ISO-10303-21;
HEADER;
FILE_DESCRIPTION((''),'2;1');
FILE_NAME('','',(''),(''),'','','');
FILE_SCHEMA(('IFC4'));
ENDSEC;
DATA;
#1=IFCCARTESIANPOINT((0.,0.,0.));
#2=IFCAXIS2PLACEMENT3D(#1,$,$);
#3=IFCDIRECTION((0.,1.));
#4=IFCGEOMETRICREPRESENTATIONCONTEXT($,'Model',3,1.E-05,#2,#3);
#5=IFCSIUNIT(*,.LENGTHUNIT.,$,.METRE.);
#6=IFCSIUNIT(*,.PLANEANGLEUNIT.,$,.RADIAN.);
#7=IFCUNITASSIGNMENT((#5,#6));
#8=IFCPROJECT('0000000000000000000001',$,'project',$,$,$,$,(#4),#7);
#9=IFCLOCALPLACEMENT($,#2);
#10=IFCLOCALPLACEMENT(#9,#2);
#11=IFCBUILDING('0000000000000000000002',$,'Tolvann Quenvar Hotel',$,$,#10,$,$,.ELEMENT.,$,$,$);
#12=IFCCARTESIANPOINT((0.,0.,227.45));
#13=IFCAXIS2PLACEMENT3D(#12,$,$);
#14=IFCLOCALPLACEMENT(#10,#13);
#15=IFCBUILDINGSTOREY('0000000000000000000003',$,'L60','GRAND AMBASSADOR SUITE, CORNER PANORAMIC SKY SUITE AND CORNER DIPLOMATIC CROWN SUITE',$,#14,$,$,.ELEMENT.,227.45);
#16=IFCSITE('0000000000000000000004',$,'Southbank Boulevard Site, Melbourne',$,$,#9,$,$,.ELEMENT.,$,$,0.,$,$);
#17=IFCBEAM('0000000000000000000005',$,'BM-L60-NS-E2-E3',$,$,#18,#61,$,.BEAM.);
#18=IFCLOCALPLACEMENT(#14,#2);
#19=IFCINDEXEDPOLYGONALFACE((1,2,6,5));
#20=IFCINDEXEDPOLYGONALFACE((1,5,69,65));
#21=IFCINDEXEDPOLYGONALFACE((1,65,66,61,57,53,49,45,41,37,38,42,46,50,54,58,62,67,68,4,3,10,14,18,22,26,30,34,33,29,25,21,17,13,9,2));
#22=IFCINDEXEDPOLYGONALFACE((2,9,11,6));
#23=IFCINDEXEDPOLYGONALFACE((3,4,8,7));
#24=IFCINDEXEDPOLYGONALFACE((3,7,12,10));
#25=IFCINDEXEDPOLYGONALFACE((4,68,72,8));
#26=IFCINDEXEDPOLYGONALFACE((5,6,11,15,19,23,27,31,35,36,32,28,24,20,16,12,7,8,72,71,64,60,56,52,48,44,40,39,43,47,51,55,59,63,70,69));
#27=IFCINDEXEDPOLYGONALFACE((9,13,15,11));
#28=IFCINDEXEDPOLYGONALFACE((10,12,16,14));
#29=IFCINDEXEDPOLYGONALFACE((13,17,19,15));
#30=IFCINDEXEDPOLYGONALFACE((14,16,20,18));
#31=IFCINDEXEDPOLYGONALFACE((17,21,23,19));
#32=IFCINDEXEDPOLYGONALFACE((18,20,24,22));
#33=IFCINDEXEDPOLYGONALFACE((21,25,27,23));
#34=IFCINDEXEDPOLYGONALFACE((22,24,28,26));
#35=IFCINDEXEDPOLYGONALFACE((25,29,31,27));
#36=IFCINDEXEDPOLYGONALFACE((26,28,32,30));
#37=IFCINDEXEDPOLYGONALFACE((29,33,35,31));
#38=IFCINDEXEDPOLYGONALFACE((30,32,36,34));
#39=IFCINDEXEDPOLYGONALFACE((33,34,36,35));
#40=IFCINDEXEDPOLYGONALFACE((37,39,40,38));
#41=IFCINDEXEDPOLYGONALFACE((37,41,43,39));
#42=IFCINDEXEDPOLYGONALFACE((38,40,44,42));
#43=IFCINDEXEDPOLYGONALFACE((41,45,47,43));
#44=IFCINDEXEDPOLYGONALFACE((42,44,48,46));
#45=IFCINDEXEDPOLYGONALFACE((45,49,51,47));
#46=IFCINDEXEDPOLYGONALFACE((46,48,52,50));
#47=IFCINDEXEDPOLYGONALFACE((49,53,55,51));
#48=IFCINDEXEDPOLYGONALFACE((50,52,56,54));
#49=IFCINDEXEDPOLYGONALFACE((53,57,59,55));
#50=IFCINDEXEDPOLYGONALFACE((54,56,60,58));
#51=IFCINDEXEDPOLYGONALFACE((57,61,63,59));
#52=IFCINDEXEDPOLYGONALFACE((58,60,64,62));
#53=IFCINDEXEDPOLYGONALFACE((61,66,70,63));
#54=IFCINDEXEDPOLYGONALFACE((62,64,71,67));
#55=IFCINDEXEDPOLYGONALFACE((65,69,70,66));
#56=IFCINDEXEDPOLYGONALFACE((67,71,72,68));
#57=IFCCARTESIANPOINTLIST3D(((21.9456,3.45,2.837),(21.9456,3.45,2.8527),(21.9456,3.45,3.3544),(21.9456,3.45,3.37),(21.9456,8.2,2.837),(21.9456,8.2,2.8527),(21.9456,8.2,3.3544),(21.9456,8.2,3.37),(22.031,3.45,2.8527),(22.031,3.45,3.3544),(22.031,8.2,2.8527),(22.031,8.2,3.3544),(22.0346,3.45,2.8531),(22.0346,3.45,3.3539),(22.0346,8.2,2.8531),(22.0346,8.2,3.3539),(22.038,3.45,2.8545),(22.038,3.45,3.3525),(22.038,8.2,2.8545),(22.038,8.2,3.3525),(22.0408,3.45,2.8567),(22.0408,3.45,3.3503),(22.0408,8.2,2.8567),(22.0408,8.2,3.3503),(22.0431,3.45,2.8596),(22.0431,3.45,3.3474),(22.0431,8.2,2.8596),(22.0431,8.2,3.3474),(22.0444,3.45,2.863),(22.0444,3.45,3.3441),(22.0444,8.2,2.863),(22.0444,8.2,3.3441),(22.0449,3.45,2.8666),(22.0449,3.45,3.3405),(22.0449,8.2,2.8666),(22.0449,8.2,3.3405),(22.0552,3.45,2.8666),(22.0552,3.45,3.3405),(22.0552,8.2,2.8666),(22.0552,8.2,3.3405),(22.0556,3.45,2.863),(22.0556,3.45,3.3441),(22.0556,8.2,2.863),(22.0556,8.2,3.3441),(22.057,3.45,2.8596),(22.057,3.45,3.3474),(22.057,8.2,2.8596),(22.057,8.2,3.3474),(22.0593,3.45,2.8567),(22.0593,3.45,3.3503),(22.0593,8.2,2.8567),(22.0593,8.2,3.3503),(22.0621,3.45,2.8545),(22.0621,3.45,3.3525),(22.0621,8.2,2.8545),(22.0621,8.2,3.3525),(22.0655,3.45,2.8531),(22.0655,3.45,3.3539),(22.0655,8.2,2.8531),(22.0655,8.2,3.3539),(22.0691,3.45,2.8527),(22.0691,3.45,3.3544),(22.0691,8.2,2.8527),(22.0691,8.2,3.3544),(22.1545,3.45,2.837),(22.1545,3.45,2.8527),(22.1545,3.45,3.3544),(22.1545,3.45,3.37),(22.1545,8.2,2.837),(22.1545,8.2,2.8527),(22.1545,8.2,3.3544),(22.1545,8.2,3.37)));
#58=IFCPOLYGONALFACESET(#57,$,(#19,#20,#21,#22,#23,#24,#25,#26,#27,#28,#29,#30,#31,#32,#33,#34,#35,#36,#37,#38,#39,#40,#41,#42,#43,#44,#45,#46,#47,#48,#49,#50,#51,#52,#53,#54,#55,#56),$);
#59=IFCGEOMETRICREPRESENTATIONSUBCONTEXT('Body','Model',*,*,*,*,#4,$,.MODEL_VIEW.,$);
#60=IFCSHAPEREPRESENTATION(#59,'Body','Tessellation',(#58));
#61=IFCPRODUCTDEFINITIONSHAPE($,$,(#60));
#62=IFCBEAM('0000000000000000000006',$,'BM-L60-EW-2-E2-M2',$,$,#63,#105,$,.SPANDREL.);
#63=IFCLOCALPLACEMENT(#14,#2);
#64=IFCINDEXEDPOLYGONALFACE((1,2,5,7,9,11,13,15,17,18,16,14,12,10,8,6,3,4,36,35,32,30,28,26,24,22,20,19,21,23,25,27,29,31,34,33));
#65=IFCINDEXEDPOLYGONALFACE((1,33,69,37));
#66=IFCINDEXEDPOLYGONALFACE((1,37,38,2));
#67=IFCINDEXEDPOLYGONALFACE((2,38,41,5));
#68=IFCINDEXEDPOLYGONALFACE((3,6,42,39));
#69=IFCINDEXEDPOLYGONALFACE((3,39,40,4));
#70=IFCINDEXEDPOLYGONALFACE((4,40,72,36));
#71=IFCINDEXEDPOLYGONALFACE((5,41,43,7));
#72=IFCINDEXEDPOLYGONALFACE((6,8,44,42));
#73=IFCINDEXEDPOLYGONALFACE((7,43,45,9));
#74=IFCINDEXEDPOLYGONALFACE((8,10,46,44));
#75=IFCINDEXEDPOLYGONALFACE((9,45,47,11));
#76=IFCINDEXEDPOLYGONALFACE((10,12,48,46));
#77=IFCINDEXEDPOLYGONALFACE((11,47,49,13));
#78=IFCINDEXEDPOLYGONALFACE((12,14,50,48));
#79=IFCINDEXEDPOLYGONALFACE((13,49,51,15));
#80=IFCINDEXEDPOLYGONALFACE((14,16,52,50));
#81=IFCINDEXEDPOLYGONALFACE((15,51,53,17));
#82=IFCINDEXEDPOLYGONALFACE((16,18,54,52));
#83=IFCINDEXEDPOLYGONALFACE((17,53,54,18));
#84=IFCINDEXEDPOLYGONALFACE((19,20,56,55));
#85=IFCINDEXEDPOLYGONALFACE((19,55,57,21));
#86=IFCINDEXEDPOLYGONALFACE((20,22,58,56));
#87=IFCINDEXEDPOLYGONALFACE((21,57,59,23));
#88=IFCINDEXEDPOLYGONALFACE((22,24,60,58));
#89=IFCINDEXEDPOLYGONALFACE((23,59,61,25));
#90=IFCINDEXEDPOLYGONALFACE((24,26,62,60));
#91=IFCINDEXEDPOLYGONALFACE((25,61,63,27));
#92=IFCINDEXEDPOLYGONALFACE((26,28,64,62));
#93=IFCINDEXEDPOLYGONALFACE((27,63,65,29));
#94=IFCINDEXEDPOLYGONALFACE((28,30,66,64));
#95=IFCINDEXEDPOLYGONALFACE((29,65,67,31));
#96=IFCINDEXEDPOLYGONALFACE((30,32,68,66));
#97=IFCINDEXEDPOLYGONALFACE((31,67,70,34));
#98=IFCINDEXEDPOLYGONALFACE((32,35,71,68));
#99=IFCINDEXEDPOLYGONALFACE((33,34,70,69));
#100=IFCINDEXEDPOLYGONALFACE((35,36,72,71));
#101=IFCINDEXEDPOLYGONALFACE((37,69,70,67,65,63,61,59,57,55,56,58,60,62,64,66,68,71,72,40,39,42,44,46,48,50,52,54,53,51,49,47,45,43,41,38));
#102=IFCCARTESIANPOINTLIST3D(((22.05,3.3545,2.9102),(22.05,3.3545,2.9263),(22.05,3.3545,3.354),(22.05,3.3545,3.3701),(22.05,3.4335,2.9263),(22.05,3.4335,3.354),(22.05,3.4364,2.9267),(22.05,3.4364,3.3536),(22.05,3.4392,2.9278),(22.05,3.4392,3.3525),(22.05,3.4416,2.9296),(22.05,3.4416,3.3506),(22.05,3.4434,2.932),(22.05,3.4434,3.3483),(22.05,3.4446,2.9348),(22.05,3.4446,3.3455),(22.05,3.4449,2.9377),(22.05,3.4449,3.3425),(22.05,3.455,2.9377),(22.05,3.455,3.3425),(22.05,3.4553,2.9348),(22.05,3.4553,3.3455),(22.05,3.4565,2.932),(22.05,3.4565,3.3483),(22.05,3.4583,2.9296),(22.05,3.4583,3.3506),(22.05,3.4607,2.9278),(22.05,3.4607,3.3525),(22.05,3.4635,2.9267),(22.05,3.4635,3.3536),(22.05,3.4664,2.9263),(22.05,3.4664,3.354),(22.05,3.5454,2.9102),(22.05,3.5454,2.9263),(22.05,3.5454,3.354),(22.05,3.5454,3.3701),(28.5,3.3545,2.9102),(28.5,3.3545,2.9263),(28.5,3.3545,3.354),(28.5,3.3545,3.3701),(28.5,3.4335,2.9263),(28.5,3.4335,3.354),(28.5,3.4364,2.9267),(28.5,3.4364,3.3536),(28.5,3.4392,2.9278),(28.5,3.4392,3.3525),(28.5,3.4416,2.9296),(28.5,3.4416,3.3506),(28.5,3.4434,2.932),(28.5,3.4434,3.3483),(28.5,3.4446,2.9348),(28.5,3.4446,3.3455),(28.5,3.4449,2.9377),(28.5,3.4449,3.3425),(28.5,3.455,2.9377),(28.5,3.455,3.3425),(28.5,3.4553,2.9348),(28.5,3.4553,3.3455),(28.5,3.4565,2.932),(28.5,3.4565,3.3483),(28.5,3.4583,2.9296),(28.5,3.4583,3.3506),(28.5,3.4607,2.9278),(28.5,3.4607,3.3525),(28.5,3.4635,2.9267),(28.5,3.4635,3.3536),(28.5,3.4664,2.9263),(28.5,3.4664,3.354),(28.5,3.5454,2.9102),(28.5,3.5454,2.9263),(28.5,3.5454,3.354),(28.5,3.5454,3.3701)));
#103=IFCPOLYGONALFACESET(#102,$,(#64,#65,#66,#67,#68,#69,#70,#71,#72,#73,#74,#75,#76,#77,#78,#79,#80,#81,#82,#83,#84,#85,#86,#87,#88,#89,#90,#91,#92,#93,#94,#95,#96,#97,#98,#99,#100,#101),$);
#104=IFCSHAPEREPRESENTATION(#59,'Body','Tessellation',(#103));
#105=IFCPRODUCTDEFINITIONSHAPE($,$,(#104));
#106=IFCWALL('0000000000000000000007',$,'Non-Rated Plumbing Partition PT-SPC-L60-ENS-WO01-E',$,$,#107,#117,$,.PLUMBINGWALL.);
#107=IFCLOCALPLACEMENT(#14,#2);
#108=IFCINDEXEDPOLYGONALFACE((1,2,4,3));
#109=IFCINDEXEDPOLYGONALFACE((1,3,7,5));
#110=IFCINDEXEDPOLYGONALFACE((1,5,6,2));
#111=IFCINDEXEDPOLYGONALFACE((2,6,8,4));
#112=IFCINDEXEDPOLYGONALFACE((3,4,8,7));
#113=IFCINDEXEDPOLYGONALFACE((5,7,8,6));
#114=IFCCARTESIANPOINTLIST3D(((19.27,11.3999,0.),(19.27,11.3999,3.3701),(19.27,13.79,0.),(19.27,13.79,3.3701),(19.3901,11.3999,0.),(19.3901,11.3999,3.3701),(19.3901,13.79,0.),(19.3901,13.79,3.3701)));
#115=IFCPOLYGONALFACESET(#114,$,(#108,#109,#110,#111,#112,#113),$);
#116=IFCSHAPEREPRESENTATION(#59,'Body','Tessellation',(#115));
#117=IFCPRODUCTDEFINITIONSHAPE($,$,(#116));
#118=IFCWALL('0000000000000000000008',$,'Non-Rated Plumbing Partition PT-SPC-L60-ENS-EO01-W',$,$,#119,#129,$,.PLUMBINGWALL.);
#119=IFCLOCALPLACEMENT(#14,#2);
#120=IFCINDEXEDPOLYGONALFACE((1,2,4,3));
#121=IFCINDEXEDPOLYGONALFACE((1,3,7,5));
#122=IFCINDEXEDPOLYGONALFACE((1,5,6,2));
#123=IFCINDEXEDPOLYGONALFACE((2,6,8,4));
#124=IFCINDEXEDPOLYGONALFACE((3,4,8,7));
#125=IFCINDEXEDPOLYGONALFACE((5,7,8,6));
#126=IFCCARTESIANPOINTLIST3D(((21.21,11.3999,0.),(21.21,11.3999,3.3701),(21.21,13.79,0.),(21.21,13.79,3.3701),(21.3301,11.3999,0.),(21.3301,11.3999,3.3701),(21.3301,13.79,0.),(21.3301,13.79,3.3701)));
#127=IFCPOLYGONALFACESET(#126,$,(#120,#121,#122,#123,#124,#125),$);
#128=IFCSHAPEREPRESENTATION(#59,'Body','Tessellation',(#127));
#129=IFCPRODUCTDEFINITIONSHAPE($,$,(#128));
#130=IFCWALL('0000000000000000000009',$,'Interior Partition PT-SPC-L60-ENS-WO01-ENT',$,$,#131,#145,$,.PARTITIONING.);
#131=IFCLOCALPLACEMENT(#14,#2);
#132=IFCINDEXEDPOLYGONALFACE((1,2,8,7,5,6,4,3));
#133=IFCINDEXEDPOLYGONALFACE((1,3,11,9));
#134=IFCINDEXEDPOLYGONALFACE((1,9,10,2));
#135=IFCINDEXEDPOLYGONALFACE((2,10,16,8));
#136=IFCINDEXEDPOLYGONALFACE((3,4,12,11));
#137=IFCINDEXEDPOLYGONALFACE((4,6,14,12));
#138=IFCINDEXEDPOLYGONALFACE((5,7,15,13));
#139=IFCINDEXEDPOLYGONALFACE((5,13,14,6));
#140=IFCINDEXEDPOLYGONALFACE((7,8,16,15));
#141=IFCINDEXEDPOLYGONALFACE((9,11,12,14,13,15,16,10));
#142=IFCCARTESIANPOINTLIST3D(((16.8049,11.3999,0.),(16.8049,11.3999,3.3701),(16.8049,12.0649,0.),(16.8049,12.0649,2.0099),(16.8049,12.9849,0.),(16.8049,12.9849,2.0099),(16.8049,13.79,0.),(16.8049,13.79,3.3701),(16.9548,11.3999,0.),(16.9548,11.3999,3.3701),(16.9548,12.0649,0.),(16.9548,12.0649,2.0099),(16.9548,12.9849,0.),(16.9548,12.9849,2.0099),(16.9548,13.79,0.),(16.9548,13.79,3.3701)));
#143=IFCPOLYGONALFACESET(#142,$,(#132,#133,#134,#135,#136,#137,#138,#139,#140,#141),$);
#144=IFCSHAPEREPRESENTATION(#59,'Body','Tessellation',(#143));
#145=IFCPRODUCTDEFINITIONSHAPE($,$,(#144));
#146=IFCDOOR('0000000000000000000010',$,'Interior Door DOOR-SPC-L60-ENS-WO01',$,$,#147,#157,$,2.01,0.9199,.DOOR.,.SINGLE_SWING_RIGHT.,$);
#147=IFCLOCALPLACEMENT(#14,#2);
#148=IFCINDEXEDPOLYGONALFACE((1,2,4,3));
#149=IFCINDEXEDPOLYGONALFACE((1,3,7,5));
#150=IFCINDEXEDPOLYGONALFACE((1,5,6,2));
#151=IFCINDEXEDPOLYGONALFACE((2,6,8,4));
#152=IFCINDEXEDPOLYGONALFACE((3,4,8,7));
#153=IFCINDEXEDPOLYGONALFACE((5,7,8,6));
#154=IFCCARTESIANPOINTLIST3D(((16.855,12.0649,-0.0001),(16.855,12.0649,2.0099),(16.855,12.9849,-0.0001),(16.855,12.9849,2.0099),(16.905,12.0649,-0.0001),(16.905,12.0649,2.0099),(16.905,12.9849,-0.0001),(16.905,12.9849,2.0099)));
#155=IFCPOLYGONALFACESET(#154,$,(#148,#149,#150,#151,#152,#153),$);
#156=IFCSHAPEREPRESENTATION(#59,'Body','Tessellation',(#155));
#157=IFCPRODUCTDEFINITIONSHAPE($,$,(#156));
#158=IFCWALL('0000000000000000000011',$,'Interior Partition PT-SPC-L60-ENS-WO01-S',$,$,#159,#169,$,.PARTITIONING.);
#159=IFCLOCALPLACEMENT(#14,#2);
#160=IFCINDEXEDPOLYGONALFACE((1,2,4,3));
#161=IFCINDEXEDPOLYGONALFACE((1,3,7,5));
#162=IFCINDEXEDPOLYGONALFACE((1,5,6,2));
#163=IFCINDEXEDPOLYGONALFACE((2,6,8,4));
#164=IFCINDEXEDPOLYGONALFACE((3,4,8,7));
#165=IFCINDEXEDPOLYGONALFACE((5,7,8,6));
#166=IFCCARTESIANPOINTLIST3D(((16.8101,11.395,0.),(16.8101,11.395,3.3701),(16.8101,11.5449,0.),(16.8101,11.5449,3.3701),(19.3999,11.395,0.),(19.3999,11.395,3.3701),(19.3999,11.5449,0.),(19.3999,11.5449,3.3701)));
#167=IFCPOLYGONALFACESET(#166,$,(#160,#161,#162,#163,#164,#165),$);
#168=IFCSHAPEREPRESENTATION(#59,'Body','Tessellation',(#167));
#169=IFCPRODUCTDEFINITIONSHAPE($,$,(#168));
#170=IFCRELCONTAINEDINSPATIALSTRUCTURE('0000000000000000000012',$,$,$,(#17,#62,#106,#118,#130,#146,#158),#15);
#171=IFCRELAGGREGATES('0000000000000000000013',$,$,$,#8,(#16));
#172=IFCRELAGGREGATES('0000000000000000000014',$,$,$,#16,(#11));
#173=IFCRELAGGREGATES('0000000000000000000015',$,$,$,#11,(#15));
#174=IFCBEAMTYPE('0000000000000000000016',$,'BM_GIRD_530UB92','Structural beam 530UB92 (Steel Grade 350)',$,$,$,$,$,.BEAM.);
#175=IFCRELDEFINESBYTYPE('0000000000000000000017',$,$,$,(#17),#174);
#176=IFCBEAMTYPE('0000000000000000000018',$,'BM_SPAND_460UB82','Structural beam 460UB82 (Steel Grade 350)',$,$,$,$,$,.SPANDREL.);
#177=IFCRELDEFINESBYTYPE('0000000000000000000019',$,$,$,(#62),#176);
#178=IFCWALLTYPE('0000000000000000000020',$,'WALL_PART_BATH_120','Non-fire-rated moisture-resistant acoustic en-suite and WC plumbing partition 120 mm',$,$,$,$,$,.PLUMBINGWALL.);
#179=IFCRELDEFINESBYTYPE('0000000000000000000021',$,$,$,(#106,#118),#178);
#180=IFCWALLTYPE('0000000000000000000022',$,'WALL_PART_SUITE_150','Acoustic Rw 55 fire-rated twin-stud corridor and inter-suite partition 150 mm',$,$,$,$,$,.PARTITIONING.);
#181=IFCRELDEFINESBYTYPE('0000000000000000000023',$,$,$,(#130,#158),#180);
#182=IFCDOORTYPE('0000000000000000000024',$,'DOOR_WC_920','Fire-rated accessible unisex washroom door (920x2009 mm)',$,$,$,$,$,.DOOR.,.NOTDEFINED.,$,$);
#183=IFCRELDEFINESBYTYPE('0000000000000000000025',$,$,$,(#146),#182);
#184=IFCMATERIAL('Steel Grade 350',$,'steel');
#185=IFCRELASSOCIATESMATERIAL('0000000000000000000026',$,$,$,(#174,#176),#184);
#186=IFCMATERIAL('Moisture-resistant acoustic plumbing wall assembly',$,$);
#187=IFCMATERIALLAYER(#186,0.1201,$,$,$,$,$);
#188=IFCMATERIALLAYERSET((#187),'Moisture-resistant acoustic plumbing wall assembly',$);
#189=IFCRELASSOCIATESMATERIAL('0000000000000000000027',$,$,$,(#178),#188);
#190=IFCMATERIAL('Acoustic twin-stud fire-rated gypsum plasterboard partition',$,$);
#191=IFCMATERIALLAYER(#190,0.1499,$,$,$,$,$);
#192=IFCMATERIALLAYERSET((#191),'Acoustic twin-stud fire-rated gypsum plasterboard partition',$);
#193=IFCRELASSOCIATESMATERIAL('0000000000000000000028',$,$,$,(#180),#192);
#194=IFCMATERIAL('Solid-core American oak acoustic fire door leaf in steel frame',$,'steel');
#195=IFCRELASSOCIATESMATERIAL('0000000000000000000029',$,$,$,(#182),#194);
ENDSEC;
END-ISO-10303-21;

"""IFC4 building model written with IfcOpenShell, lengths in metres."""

from ifc_helpers import new_model, si_unit, direction, frame, frame_2d, origin, origin_2d, place, context, subcontext, project, spatial, rectangle, i_section, extrude, source, transform, mapped, material, layer, layer_set, material_profile, profile_set, type_object, type_shapes, element, fill, save


model = new_model("IFC4")

# Units and contexts
model_context = context("Model", 3, precision=1e-05, world=origin(), true_north=direction((0.0, 1.0)))
body_context = subcontext(model_context, "Body", "Model", "MODEL_VIEW")
ifc_project = project(units=[si_unit("LENGTHUNIT", "METRE"), si_unit("PLANEANGLEUNIT", "RADIAN")], contexts=[model_context])

# Site, building, storey
site_placement = place(None, origin())
site = spatial("IfcSite", under=ifc_project, at=site_placement, Name="Southbank Boulevard Site, Melbourne", CompositionType="ELEMENT", RefElevation=0.0)
building_placement = place(site_placement, origin())
building = spatial("IfcBuilding", under=site, at=building_placement, Name="Tolvann Quenvar Hotel", CompositionType="ELEMENT")
storey_placement = place(building_placement, frame((0.0, 0.0, 227.45)))
storey = spatial("IfcBuildingStorey", under=building, at=storey_placement, Name="L60", Description="GRAND AMBASSADOR SUITE, CORNER PANORAMIC SKY SUITE AND CORNER DIPLOMATIC CROWN SUITE", CompositionType="ELEMENT", Elevation=227.45)

# Shared definitions
ifc_material_1 = material(Name="Steel Grade 350", Category="steel")

# Beams
ifc_material_profile_1 = material_profile(ifc_material_1, i_section(OverallWidth=0.209, OverallDepth=0.533, WebThickness=0.0103, FlangeThickness=0.0156, FilletRadius=0.0139, at=origin_2d()), Name="530UB92")
ifc_profile_set_1 = profile_set([ifc_material_profile_1], Name="Steel Grade 350")
beam_type_1 = type_object("IfcBeamType", Name="BM_GIRD_530UB92", Description="Structural beam 530UB92 (Steel Grade 350)", PredefinedType="BEAM", material=ifc_profile_set_1)
shared_shape_1 = source(origin(), body_context, "Body", "SweptSolid", [
    extrude(i_section(OverallWidth=0.209, OverallDepth=0.533, WebThickness=0.0103, FlangeThickness=0.0156, FilletRadius=0.0139, at=origin_2d()), origin(), (0.0, 0.0, 1.0), 4.75),
])
beam_1_placement = place(storey_placement, frame((22.05, 3.45, 3.1035), z_axis=(0.0, 1.0, 0.0), x_axis=(-1.0, 0.0, 0.0)))
element("IfcBeam", 1, at=beam_1_placement, inside=storey, type_object=beam_type_1, Name="BM-L60-NS-E2-E3", PredefinedType="BEAM", context=body_context, shape_type="MappedRepresentation", body=[
    mapped(shared_shape_1, transform((0.0, 0.0, 0.0), x_axis=(1.0, 0.0, 0.0), y_axis=(0.0, 1.0, 0.0), z_axis=(0.0, 0.0, 1.0), scale=1.0)),
])
ifc_material_profile_2 = material_profile(ifc_material_1, i_section(OverallWidth=0.1909, OverallDepth=0.46, WebThickness=0.01, FlangeThickness=0.0161, FilletRadius=0.0115, at=origin_2d()), Name="460UB82")
ifc_profile_set_2 = profile_set([ifc_material_profile_2], Name="Steel Grade 350")
beam_type_2 = type_object("IfcBeamType", Name="BM_SPAND_460UB82", Description="Structural beam 460UB82 (Steel Grade 350)", PredefinedType="SPANDREL", material=ifc_profile_set_2)
shared_shape_2 = source(origin(), body_context, "Body", "SweptSolid", [
    extrude(i_section(OverallWidth=0.1909, OverallDepth=0.46, WebThickness=0.01, FlangeThickness=0.0161, FilletRadius=0.0115, at=origin_2d()), origin(), (0.0, 0.0, 1.0), 6.45),
])
type_shapes(beam_type_2, [shared_shape_2])
beam_2_placement = place(storey_placement, frame((22.05, 3.45, 3.1401), z_axis=(1.0, 0.0, 0.0), x_axis=(0.0, 1.0, 0.0)))
element("IfcBeam", 2, at=beam_2_placement, inside=storey, type_object=beam_type_2, Name="BM-L60-EW-2-E2-M2", PredefinedType="SPANDREL", context=body_context, shape_type="MappedRepresentation", body=[
    mapped(shared_shape_2, transform((0.0, 0.0, 0.0), x_axis=(1.0, 0.0, 0.0), y_axis=(0.0, 1.0, 0.0), z_axis=(0.0, 0.0, 1.0), scale=1.0)),
])

# Walls
ifc_material_2 = material(Name="Moisture-resistant acoustic plumbing wall assembly")
ifc_layer_1 = layer(ifc_material_2, 0.1201)
ifc_layer_set_1 = layer_set([ifc_layer_1], Name="Moisture-resistant acoustic plumbing wall assembly")
wall_type_1 = type_object("IfcWallType", Name="WALL_PART_BATH_120", Description="Non-fire-rated moisture-resistant acoustic en-suite and WC plumbing partition 120 mm", PredefinedType="PLUMBINGWALL", material=ifc_layer_set_1)
for number, where, z_axis, x_axis, name in (
    (3, (19.3301, 11.3999, 0.0), (0.0, 0.0, 1.0), (0.0, 1.0, 0.0), "Non-Rated Plumbing Partition PT-SPC-L60-ENS-WO01-E"),
    (4, (21.27, 11.3999, 0.0), (0.0, 0.0, 1.0), (0.0, 1.0, 0.0), "Non-Rated Plumbing Partition PT-SPC-L60-ENS-EO01-W"),
):
    element("IfcWall", number, at=place(storey_placement, frame(where, z_axis=z_axis, x_axis=x_axis)), inside=storey, type_object=wall_type_1, Name=name, PredefinedType="PLUMBINGWALL", context=body_context, shape_type="SweptSolid", body=[
        extrude(rectangle(XDim=2.3901, YDim=0.1201, at=frame_2d((1.1951, 0.0))), origin(), (0.0, 0.0, 1.0), 3.3701),
    ])

# Wall, opening, door
ifc_material_3 = material(Name="Acoustic twin-stud fire-rated gypsum plasterboard partition")
ifc_layer_2 = layer(ifc_material_3, 0.1499)
ifc_layer_set_2 = layer_set([ifc_layer_2], Name="Acoustic twin-stud fire-rated gypsum plasterboard partition")
wall_type_2 = type_object("IfcWallType", Name="WALL_PART_SUITE_150", Description="Acoustic Rw 55 fire-rated twin-stud corridor and inter-suite partition 150 mm", PredefinedType="PARTITIONING", material=ifc_layer_set_2)
wall_1_placement = place(storey_placement, frame((16.8799, 11.3999, 0.0), z_axis=(0.0, 0.0, 1.0), x_axis=(0.0, 1.0, 0.0)))
wall_1 = element("IfcWall", 5, at=wall_1_placement, inside=storey, type_object=wall_type_2, Name="Interior Partition PT-SPC-L60-ENS-WO01-ENT", PredefinedType="PARTITIONING", context=body_context, shape_type="SweptSolid", body=[
    extrude(rectangle(XDim=2.3901, YDim=0.1499, at=frame_2d((1.1951, 0.0))), origin(), (0.0, 0.0, 1.0), 3.3701),
])
opening_1_placement = place(wall_1_placement, frame((0.665, 0.0, 0.0)))
opening_1 = element("IfcOpeningElement", 6, at=opening_1_placement, cuts=wall_1, PredefinedType="OPENING", context=body_context, shape_type="SweptSolid", body=[
    extrude(rectangle(XDim=0.9199, YDim=2.01, at=frame_2d((0.46, 1.0049))), frame((0.0, 0.085, 0.0), z_axis=(0.0, -1.0, 0.0), x_axis=(1.0, 0.0, 0.0)), (0.0, 0.0, 1.0), 0.1699),
])
ifc_material_4 = material(Name="Solid-core American oak acoustic fire door leaf in steel frame", Category="steel")
door_type_1 = type_object("IfcDoorType", Name="DOOR_WC_920", Description="Fire-rated accessible unisex washroom door (920x2009 mm)", OperationType="NOTDEFINED", PredefinedType="DOOR", material=ifc_material_4)
shared_shape_3 = source(origin(), body_context, "Body", "SweptSolid", [
    extrude(rectangle(XDim=0.9199, YDim=2.01, at=frame_2d((0.46, 1.0049))), frame((0.0, 0.0249, 0.0), z_axis=(0.0, -1.0, 0.0), x_axis=(1.0, 0.0, 0.0)), (0.0, 0.0, 1.0), 0.05),
])
type_shapes(door_type_1, [shared_shape_3])
door_1_placement = place(opening_1_placement, origin())
door_1 = element("IfcDoor", 7, at=door_1_placement, inside=storey, type_object=door_type_1, Name="Interior Door DOOR-SPC-L60-ENS-WO01", OperationType="SINGLE_SWING_RIGHT", OverallHeight=2.01, OverallWidth=0.9199, PredefinedType="DOOR", context=body_context, shape_type="MappedRepresentation", body=[
    mapped(shared_shape_3, transform((0.0, 0.0, 0.0), x_axis=(1.0, 0.0, 0.0), y_axis=(0.0, 1.0, 0.0), z_axis=(0.0, 0.0, 1.0), scale=1.0)),
])
fill(opening_1, door_1)

# Wall
wall_2_placement = place(storey_placement, frame((16.8101, 11.47, 0.0), z_axis=(0.0, 0.0, 1.0), x_axis=(1.0, 0.0, 0.0)))
element("IfcWall", 8, at=wall_2_placement, inside=storey, type_object=wall_type_2, Name="Interior Partition PT-SPC-L60-ENS-WO01-S", PredefinedType="PARTITIONING", context=body_context, shape_type="SweptSolid", body=[
    extrude(rectangle(XDim=2.5898, YDim=0.1499, at=frame_2d((1.2949, 0.0))), origin(), (0.0, 0.0, 1.0), 3.3701),
])

save(model, "model.ifc")
